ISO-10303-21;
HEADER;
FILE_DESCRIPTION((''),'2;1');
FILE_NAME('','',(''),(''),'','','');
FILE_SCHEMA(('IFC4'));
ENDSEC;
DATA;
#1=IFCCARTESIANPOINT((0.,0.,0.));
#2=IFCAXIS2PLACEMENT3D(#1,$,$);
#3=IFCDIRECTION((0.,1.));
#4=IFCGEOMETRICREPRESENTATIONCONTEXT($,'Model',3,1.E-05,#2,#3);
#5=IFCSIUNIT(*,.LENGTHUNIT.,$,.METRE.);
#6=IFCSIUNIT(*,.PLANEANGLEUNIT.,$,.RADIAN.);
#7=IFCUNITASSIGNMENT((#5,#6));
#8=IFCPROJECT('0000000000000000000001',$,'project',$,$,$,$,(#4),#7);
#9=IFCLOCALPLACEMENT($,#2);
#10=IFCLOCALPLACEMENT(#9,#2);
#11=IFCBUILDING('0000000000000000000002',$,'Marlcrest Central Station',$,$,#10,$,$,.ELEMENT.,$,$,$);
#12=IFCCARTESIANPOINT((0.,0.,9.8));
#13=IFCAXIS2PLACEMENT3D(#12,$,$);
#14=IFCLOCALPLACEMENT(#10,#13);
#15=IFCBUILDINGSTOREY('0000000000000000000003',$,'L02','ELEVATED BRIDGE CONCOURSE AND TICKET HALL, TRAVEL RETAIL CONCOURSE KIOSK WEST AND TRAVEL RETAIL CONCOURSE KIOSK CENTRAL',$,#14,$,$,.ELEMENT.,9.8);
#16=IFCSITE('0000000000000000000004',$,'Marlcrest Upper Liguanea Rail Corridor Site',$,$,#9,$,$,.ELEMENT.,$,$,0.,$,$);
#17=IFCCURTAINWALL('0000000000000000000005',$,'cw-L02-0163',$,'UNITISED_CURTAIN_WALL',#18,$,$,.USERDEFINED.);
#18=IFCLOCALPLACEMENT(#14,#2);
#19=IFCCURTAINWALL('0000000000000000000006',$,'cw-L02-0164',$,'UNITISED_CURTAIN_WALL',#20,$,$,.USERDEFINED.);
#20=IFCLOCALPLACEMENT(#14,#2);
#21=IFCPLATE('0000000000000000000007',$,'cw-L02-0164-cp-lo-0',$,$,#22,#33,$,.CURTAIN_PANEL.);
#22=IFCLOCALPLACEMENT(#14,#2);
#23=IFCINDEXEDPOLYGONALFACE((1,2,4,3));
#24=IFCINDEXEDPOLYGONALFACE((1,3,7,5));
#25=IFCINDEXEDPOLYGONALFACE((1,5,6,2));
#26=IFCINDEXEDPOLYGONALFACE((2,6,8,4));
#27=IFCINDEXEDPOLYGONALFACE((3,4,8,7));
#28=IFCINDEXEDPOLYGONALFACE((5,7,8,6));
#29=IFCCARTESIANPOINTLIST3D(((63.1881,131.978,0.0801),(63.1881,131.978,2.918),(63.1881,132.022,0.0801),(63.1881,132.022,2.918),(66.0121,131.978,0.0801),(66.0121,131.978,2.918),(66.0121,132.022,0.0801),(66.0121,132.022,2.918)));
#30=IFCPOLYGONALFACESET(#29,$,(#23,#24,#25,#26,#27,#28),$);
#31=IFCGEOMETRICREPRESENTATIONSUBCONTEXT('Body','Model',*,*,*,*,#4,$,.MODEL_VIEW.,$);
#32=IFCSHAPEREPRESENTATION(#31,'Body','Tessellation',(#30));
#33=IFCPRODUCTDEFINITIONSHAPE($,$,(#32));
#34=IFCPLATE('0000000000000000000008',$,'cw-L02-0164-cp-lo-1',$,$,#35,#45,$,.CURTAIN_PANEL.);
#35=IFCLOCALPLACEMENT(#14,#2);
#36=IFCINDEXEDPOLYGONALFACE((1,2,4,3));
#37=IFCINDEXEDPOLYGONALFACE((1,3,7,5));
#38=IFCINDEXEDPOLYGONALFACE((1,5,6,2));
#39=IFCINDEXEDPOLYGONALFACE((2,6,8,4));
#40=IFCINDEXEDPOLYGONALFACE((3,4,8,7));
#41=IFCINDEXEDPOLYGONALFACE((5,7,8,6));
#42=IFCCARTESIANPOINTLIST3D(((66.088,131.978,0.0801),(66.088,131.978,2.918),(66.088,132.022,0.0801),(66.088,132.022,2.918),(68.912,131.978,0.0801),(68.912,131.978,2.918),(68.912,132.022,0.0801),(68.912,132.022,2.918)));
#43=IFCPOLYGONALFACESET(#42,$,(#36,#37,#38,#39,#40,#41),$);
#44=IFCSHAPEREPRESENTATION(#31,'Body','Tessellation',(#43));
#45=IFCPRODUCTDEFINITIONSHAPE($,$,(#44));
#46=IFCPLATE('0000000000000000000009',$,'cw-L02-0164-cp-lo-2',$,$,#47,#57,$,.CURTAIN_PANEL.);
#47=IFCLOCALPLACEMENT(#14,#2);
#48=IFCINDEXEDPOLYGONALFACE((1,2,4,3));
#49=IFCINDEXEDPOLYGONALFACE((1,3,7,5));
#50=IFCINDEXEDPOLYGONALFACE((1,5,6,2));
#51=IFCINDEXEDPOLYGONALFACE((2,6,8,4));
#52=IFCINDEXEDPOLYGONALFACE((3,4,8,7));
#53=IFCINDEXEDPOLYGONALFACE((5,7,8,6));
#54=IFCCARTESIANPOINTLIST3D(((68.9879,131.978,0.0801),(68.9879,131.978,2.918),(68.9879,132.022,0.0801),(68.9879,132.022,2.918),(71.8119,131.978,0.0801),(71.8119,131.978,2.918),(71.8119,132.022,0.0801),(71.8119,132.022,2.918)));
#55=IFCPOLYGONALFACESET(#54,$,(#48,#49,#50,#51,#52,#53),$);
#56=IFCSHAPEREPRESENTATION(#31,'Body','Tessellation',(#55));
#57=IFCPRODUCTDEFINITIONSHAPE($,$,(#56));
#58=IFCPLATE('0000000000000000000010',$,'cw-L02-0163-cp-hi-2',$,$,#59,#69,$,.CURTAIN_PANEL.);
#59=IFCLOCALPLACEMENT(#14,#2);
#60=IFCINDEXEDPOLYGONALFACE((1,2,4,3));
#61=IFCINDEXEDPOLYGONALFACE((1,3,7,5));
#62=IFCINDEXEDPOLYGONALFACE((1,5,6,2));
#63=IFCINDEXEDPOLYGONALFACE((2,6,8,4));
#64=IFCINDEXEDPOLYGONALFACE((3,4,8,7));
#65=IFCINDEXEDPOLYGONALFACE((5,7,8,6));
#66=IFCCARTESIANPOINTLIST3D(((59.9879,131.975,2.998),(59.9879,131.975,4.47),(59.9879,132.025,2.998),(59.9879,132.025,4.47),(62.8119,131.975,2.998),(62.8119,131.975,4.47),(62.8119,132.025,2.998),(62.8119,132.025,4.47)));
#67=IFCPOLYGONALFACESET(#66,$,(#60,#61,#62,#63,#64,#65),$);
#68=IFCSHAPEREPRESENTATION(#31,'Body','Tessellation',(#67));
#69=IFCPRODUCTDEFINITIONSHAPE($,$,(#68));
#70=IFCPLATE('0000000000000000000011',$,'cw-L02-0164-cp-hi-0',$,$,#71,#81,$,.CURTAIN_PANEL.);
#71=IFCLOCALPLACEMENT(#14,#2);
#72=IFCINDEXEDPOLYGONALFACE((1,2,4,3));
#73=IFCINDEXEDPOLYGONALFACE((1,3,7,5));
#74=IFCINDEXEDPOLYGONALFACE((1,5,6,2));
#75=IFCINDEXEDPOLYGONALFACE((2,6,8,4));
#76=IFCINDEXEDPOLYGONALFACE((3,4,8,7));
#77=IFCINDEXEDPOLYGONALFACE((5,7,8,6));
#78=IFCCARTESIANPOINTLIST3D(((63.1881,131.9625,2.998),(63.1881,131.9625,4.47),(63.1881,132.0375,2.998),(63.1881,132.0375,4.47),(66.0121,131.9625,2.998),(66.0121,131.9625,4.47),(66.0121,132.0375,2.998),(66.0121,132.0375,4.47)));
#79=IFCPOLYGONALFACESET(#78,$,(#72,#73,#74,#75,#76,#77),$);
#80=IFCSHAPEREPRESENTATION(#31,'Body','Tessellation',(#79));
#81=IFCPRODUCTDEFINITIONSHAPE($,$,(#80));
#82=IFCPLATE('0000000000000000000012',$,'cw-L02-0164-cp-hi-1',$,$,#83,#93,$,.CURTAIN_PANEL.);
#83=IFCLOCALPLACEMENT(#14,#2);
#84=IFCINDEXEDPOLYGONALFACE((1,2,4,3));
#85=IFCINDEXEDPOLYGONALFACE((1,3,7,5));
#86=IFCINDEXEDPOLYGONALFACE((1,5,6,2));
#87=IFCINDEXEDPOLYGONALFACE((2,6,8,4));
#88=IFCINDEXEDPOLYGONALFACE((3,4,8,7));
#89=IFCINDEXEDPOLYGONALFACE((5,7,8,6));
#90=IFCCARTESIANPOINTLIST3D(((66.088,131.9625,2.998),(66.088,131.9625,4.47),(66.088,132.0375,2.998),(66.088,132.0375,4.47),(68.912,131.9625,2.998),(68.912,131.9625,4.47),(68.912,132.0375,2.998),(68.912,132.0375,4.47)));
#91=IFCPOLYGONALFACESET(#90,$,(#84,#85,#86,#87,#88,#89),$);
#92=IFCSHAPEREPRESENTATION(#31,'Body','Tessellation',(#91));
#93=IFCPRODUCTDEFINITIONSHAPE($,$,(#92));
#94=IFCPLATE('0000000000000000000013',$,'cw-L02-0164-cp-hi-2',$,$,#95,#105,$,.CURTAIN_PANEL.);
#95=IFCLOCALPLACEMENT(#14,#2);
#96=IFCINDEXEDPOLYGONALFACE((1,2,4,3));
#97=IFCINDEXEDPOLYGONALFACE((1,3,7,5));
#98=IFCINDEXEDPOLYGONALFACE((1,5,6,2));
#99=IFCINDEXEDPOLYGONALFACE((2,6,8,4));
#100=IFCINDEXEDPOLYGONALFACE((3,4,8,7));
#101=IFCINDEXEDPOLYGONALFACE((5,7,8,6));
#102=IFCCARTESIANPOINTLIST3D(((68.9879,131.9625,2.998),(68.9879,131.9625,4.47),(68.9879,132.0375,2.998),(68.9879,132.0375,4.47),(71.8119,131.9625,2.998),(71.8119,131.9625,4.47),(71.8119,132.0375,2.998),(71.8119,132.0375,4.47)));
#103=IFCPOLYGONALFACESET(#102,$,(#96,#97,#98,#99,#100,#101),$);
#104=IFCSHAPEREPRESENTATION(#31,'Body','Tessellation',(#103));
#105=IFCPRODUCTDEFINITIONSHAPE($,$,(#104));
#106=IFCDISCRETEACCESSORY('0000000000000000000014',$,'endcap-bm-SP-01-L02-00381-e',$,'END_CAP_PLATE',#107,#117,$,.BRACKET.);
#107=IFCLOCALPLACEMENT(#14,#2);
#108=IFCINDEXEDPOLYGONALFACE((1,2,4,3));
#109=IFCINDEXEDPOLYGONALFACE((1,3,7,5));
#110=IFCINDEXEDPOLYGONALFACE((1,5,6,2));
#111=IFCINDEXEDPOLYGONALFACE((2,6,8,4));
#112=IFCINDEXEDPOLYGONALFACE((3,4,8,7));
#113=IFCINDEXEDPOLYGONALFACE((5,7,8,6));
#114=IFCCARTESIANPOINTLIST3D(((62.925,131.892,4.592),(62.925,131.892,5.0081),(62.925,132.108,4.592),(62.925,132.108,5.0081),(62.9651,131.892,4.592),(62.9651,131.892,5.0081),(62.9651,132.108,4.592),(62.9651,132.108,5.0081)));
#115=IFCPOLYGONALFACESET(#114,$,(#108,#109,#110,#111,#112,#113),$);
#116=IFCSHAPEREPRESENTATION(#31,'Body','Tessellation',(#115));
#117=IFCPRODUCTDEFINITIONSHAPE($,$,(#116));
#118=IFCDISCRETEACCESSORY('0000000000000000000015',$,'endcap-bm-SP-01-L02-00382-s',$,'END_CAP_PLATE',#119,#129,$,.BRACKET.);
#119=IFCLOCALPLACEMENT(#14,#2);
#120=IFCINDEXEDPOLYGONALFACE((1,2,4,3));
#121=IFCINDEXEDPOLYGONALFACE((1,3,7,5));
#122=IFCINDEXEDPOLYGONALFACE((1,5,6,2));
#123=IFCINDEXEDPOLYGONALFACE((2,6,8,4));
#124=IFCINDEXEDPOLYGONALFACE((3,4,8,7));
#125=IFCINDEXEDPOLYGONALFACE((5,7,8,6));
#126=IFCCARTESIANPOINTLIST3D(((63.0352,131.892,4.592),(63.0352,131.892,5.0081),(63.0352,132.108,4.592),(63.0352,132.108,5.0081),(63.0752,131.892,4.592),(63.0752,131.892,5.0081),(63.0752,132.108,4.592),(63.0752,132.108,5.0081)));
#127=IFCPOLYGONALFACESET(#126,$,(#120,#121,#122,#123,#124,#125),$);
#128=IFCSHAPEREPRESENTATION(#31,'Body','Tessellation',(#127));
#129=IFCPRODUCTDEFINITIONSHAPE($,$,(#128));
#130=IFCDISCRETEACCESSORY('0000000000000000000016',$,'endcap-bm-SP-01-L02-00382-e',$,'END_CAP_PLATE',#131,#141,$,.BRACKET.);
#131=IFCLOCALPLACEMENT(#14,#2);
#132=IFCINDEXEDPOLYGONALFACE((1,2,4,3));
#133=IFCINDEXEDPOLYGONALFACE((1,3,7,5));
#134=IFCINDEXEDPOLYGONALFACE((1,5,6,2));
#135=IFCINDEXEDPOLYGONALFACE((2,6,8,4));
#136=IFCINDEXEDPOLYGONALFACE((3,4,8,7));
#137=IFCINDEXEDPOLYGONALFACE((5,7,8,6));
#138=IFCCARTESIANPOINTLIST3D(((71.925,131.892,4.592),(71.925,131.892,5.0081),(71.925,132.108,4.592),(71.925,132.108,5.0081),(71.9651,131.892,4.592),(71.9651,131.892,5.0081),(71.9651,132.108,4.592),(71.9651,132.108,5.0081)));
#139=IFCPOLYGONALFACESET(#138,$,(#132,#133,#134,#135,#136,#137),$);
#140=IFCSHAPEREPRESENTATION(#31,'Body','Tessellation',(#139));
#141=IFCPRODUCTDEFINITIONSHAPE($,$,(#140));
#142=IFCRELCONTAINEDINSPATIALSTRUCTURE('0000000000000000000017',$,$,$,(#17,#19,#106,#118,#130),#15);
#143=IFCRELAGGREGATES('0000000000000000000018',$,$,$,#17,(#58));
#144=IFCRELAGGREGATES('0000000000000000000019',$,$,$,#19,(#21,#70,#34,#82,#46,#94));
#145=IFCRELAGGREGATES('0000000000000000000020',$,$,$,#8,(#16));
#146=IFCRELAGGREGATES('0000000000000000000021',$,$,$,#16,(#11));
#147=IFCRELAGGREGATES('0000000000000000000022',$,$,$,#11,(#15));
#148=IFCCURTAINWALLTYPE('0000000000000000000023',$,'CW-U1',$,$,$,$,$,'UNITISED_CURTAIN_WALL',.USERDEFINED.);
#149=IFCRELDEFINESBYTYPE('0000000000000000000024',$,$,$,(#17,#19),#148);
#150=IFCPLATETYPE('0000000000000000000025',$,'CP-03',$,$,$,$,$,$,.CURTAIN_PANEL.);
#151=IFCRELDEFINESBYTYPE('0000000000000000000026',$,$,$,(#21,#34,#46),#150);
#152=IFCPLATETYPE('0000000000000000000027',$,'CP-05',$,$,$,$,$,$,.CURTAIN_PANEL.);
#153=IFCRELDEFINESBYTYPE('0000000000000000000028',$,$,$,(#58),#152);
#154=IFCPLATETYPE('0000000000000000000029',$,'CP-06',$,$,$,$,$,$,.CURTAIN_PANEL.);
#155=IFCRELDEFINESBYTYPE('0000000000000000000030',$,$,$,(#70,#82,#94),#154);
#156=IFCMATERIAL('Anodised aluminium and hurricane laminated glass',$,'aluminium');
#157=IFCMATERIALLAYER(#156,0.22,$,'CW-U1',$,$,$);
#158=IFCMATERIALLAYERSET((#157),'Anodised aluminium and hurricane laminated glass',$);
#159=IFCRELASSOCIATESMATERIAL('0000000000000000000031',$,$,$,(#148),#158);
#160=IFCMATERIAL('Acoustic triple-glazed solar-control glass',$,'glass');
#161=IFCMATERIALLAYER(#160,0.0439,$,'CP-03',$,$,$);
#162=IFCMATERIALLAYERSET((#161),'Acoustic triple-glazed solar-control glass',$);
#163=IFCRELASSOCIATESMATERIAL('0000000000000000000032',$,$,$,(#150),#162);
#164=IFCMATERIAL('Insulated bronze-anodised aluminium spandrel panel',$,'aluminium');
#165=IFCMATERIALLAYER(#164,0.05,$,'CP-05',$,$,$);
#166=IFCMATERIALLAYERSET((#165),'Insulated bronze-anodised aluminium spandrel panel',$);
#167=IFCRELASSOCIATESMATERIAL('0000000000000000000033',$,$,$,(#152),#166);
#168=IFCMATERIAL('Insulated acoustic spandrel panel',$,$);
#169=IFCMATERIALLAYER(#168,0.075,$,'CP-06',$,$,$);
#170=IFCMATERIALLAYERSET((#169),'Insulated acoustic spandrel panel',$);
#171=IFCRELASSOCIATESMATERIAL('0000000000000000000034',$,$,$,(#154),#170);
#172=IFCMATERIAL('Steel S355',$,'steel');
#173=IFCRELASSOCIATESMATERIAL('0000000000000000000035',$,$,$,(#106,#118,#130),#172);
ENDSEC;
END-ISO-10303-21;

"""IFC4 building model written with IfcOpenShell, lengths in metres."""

from ifc_helpers import new_model, si_unit, direction, frame, origin, origin_2d, place, context, subcontext, project, spatial, rectangle, extrude, material, layer, layer_set, type_object, element, aggregate, save


model = new_model("IFC4")

# Units and contexts
model_context = context("Model", 3, precision=1e-05, world=origin(), true_north=direction((0.0, 1.0)))
body_context = subcontext(model_context, "Body", "Model", "MODEL_VIEW")
ifc_project = project(units=[si_unit("LENGTHUNIT", "METRE"), si_unit("PLANEANGLEUNIT", "RADIAN")], contexts=[model_context])

# Site, building, storey
site_placement = place(None, origin())
site = spatial("IfcSite", under=ifc_project, at=site_placement, Name="Marlcrest Upper Liguanea Rail Corridor Site", CompositionType="ELEMENT", RefElevation=0.0)
building_placement = place(site_placement, origin())
building = spatial("IfcBuilding", under=site, at=building_placement, Name="Marlcrest Central Station", CompositionType="ELEMENT")
storey_placement = place(building_placement, frame((0.0, 0.0, 9.8)))
storey = spatial("IfcBuildingStorey", under=building, at=storey_placement, Name="L02", Description="ELEVATED BRIDGE CONCOURSE AND TICKET HALL, TRAVEL RETAIL CONCOURSE KIOSK WEST AND TRAVEL RETAIL CONCOURSE KIOSK CENTRAL", CompositionType="ELEMENT", Elevation=9.8)

# Shared definitions
ifc_material_1 = material(Name="Steel S355", Category="steel")

# Curtain wall
ifc_material_2 = material(Name="Anodised aluminium and hurricane laminated glass", Category="aluminium")
ifc_layer_1 = layer(ifc_material_2, 0.22, Name="CW-U1")
ifc_layer_set_1 = layer_set([ifc_layer_1], Name="Anodised aluminium and hurricane laminated glass")
curtain_wall_type = type_object("IfcCurtainWallType", Name="CW-U1", ElementType="UNITISED_CURTAIN_WALL", PredefinedType="USERDEFINED", material=ifc_layer_set_1)
curtain_wall_1_placement = place(storey_placement, origin())
curtain_wall_1 = element("IfcCurtainWall", 1, at=curtain_wall_1_placement, inside=storey, type_object=curtain_wall_type, Name="cw-L02-0163", ObjectType="UNITISED_CURTAIN_WALL", PredefinedType="USERDEFINED")

# Curtain wall
curtain_wall_2_placement = place(storey_placement, origin())
curtain_wall_2 = element("IfcCurtainWall", 2, at=curtain_wall_2_placement, inside=storey, type_object=curtain_wall_type, Name="cw-L02-0164", ObjectType="UNITISED_CURTAIN_WALL", PredefinedType="USERDEFINED")

# Plates
ifc_material_3 = material(Name="Acoustic triple-glazed solar-control glass", Category="glass")
ifc_layer_2 = layer(ifc_material_3, 0.0439, Name="CP-03")
ifc_layer_set_2 = layer_set([ifc_layer_2], Name="Acoustic triple-glazed solar-control glass")
plate_type_1 = type_object("IfcPlateType", Name="CP-03", PredefinedType="CURTAIN_PANEL", material=ifc_layer_set_2)
plate_1_placement = place(storey_placement, frame((64.6001, 132.0, 0.0801), z_axis=(0.0, 0.0, 1.0), x_axis=(1.0, 0.0, 0.0)))
plate_1 = element("IfcPlate", 3, at=plate_1_placement, type_object=plate_type_1, Name="cw-L02-0164-cp-lo-0", PredefinedType="CURTAIN_PANEL", context=body_context, shape_type="SweptSolid", body=[
    extrude(rectangle(XDim=2.824, YDim=0.0439, at=origin_2d()), origin(), (0.0, 0.0, 1.0), 2.8379),
])
plate_2_placement = place(storey_placement, frame((67.5, 132.0, 0.0801), z_axis=(0.0, 0.0, 1.0), x_axis=(1.0, 0.0, 0.0)))
plate_2 = element("IfcPlate", 4, at=plate_2_placement, type_object=plate_type_1, Name="cw-L02-0164-cp-lo-1", PredefinedType="CURTAIN_PANEL", context=body_context, shape_type="SweptSolid", body=[
    extrude(rectangle(XDim=2.824, YDim=0.0439, at=origin_2d()), origin(), (0.0, 0.0, 1.0), 2.8379),
])
plate_3_placement = place(storey_placement, frame((70.3999, 132.0, 0.0801), z_axis=(0.0, 0.0, 1.0), x_axis=(1.0, 0.0, 0.0)))
plate_3 = element("IfcPlate", 5, at=plate_3_placement, type_object=plate_type_1, Name="cw-L02-0164-cp-lo-2", PredefinedType="CURTAIN_PANEL", context=body_context, shape_type="SweptSolid", body=[
    extrude(rectangle(XDim=2.824, YDim=0.0439, at=origin_2d()), origin(), (0.0, 0.0, 1.0), 2.8379),
])
ifc_material_4 = material(Name="Insulated bronze-anodised aluminium spandrel panel", Category="aluminium")
ifc_layer_3 = layer(ifc_material_4, 0.05, Name="CP-05")
ifc_layer_set_3 = layer_set([ifc_layer_3], Name="Insulated bronze-anodised aluminium spandrel panel")
plate_type_2 = type_object("IfcPlateType", Name="CP-05", PredefinedType="CURTAIN_PANEL", material=ifc_layer_set_3)
plate_4_placement = place(storey_placement, frame((61.3999, 132.0, 2.998), z_axis=(0.0, 0.0, 1.0), x_axis=(1.0, 0.0, 0.0)))
plate_4 = element("IfcPlate", 6, at=plate_4_placement, type_object=plate_type_2, Name="cw-L02-0163-cp-hi-2", PredefinedType="CURTAIN_PANEL", context=body_context, shape_type="SweptSolid", body=[
    extrude(rectangle(XDim=2.824, YDim=0.05, at=origin_2d()), origin(), (0.0, 0.0, 1.0), 1.4719),
])
aggregate(curtain_wall_1, [plate_4])
ifc_material_5 = material(Name="Insulated acoustic spandrel panel")
ifc_layer_4 = layer(ifc_material_5, 0.075, Name="CP-06")
ifc_layer_set_4 = layer_set([ifc_layer_4], Name="Insulated acoustic spandrel panel")
plate_type_3 = type_object("IfcPlateType", Name="CP-06", PredefinedType="CURTAIN_PANEL", material=ifc_layer_set_4)
plate_5_placement = place(storey_placement, frame((64.6001, 132.0, 2.998), z_axis=(0.0, 0.0, 1.0), x_axis=(1.0, 0.0, 0.0)))
plate_5 = element("IfcPlate", 7, at=plate_5_placement, type_object=plate_type_3, Name="cw-L02-0164-cp-hi-0", PredefinedType="CURTAIN_PANEL", context=body_context, shape_type="SweptSolid", body=[
    extrude(rectangle(XDim=2.824, YDim=0.075, at=origin_2d()), origin(), (0.0, 0.0, 1.0), 1.4719),
])
plate_6_placement = place(storey_placement, frame((67.5, 132.0, 2.998), z_axis=(0.0, 0.0, 1.0), x_axis=(1.0, 0.0, 0.0)))
plate_6 = element("IfcPlate", 8, at=plate_6_placement, type_object=plate_type_3, Name="cw-L02-0164-cp-hi-1", PredefinedType="CURTAIN_PANEL", context=body_context, shape_type="SweptSolid", body=[
    extrude(rectangle(XDim=2.824, YDim=0.075, at=origin_2d()), origin(), (0.0, 0.0, 1.0), 1.4719),
])
plate_7_placement = place(storey_placement, frame((70.3999, 132.0, 2.998), z_axis=(0.0, 0.0, 1.0), x_axis=(1.0, 0.0, 0.0)))
plate_7 = element("IfcPlate", 9, at=plate_7_placement, type_object=plate_type_3, Name="cw-L02-0164-cp-hi-2", PredefinedType="CURTAIN_PANEL", context=body_context, shape_type="SweptSolid", body=[
    extrude(rectangle(XDim=2.824, YDim=0.075, at=origin_2d()), origin(), (0.0, 0.0, 1.0), 1.4719),
])
aggregate(curtain_wall_2, [plate_1, plate_5, plate_2, plate_6, plate_3, plate_7])

# Discrete accessories
for number, where, z_axis, x_axis, name in (
    (10, (62.925, 132.0, 4.8), (1.0, 0.0, 0.0), (0.0, 1.0, 0.0), "endcap-bm-SP-01-L02-00381-e"),
    (11, (63.0352, 132.0, 4.8), (1.0, 0.0, 0.0), (0.0, 1.0, 0.0), "endcap-bm-SP-01-L02-00382-s"),
    (12, (71.925, 132.0, 4.8), (1.0, 0.0, 0.0), (0.0, 1.0, 0.0), "endcap-bm-SP-01-L02-00382-e"),
):
    element("IfcDiscreteAccessory", number, at=place(storey_placement, frame(where, z_axis=z_axis, x_axis=x_axis)), inside=storey, material=ifc_material_1, Name=name, ObjectType="END_CAP_PLATE", PredefinedType="BRACKET", context=body_context, shape_type="SweptSolid", body=[
        extrude(rectangle(XDim=0.2161, YDim=0.416, at=origin_2d()), origin(), (0.0, 0.0, 1.0), 0.04),
    ])

save(model, "model.ifc")
